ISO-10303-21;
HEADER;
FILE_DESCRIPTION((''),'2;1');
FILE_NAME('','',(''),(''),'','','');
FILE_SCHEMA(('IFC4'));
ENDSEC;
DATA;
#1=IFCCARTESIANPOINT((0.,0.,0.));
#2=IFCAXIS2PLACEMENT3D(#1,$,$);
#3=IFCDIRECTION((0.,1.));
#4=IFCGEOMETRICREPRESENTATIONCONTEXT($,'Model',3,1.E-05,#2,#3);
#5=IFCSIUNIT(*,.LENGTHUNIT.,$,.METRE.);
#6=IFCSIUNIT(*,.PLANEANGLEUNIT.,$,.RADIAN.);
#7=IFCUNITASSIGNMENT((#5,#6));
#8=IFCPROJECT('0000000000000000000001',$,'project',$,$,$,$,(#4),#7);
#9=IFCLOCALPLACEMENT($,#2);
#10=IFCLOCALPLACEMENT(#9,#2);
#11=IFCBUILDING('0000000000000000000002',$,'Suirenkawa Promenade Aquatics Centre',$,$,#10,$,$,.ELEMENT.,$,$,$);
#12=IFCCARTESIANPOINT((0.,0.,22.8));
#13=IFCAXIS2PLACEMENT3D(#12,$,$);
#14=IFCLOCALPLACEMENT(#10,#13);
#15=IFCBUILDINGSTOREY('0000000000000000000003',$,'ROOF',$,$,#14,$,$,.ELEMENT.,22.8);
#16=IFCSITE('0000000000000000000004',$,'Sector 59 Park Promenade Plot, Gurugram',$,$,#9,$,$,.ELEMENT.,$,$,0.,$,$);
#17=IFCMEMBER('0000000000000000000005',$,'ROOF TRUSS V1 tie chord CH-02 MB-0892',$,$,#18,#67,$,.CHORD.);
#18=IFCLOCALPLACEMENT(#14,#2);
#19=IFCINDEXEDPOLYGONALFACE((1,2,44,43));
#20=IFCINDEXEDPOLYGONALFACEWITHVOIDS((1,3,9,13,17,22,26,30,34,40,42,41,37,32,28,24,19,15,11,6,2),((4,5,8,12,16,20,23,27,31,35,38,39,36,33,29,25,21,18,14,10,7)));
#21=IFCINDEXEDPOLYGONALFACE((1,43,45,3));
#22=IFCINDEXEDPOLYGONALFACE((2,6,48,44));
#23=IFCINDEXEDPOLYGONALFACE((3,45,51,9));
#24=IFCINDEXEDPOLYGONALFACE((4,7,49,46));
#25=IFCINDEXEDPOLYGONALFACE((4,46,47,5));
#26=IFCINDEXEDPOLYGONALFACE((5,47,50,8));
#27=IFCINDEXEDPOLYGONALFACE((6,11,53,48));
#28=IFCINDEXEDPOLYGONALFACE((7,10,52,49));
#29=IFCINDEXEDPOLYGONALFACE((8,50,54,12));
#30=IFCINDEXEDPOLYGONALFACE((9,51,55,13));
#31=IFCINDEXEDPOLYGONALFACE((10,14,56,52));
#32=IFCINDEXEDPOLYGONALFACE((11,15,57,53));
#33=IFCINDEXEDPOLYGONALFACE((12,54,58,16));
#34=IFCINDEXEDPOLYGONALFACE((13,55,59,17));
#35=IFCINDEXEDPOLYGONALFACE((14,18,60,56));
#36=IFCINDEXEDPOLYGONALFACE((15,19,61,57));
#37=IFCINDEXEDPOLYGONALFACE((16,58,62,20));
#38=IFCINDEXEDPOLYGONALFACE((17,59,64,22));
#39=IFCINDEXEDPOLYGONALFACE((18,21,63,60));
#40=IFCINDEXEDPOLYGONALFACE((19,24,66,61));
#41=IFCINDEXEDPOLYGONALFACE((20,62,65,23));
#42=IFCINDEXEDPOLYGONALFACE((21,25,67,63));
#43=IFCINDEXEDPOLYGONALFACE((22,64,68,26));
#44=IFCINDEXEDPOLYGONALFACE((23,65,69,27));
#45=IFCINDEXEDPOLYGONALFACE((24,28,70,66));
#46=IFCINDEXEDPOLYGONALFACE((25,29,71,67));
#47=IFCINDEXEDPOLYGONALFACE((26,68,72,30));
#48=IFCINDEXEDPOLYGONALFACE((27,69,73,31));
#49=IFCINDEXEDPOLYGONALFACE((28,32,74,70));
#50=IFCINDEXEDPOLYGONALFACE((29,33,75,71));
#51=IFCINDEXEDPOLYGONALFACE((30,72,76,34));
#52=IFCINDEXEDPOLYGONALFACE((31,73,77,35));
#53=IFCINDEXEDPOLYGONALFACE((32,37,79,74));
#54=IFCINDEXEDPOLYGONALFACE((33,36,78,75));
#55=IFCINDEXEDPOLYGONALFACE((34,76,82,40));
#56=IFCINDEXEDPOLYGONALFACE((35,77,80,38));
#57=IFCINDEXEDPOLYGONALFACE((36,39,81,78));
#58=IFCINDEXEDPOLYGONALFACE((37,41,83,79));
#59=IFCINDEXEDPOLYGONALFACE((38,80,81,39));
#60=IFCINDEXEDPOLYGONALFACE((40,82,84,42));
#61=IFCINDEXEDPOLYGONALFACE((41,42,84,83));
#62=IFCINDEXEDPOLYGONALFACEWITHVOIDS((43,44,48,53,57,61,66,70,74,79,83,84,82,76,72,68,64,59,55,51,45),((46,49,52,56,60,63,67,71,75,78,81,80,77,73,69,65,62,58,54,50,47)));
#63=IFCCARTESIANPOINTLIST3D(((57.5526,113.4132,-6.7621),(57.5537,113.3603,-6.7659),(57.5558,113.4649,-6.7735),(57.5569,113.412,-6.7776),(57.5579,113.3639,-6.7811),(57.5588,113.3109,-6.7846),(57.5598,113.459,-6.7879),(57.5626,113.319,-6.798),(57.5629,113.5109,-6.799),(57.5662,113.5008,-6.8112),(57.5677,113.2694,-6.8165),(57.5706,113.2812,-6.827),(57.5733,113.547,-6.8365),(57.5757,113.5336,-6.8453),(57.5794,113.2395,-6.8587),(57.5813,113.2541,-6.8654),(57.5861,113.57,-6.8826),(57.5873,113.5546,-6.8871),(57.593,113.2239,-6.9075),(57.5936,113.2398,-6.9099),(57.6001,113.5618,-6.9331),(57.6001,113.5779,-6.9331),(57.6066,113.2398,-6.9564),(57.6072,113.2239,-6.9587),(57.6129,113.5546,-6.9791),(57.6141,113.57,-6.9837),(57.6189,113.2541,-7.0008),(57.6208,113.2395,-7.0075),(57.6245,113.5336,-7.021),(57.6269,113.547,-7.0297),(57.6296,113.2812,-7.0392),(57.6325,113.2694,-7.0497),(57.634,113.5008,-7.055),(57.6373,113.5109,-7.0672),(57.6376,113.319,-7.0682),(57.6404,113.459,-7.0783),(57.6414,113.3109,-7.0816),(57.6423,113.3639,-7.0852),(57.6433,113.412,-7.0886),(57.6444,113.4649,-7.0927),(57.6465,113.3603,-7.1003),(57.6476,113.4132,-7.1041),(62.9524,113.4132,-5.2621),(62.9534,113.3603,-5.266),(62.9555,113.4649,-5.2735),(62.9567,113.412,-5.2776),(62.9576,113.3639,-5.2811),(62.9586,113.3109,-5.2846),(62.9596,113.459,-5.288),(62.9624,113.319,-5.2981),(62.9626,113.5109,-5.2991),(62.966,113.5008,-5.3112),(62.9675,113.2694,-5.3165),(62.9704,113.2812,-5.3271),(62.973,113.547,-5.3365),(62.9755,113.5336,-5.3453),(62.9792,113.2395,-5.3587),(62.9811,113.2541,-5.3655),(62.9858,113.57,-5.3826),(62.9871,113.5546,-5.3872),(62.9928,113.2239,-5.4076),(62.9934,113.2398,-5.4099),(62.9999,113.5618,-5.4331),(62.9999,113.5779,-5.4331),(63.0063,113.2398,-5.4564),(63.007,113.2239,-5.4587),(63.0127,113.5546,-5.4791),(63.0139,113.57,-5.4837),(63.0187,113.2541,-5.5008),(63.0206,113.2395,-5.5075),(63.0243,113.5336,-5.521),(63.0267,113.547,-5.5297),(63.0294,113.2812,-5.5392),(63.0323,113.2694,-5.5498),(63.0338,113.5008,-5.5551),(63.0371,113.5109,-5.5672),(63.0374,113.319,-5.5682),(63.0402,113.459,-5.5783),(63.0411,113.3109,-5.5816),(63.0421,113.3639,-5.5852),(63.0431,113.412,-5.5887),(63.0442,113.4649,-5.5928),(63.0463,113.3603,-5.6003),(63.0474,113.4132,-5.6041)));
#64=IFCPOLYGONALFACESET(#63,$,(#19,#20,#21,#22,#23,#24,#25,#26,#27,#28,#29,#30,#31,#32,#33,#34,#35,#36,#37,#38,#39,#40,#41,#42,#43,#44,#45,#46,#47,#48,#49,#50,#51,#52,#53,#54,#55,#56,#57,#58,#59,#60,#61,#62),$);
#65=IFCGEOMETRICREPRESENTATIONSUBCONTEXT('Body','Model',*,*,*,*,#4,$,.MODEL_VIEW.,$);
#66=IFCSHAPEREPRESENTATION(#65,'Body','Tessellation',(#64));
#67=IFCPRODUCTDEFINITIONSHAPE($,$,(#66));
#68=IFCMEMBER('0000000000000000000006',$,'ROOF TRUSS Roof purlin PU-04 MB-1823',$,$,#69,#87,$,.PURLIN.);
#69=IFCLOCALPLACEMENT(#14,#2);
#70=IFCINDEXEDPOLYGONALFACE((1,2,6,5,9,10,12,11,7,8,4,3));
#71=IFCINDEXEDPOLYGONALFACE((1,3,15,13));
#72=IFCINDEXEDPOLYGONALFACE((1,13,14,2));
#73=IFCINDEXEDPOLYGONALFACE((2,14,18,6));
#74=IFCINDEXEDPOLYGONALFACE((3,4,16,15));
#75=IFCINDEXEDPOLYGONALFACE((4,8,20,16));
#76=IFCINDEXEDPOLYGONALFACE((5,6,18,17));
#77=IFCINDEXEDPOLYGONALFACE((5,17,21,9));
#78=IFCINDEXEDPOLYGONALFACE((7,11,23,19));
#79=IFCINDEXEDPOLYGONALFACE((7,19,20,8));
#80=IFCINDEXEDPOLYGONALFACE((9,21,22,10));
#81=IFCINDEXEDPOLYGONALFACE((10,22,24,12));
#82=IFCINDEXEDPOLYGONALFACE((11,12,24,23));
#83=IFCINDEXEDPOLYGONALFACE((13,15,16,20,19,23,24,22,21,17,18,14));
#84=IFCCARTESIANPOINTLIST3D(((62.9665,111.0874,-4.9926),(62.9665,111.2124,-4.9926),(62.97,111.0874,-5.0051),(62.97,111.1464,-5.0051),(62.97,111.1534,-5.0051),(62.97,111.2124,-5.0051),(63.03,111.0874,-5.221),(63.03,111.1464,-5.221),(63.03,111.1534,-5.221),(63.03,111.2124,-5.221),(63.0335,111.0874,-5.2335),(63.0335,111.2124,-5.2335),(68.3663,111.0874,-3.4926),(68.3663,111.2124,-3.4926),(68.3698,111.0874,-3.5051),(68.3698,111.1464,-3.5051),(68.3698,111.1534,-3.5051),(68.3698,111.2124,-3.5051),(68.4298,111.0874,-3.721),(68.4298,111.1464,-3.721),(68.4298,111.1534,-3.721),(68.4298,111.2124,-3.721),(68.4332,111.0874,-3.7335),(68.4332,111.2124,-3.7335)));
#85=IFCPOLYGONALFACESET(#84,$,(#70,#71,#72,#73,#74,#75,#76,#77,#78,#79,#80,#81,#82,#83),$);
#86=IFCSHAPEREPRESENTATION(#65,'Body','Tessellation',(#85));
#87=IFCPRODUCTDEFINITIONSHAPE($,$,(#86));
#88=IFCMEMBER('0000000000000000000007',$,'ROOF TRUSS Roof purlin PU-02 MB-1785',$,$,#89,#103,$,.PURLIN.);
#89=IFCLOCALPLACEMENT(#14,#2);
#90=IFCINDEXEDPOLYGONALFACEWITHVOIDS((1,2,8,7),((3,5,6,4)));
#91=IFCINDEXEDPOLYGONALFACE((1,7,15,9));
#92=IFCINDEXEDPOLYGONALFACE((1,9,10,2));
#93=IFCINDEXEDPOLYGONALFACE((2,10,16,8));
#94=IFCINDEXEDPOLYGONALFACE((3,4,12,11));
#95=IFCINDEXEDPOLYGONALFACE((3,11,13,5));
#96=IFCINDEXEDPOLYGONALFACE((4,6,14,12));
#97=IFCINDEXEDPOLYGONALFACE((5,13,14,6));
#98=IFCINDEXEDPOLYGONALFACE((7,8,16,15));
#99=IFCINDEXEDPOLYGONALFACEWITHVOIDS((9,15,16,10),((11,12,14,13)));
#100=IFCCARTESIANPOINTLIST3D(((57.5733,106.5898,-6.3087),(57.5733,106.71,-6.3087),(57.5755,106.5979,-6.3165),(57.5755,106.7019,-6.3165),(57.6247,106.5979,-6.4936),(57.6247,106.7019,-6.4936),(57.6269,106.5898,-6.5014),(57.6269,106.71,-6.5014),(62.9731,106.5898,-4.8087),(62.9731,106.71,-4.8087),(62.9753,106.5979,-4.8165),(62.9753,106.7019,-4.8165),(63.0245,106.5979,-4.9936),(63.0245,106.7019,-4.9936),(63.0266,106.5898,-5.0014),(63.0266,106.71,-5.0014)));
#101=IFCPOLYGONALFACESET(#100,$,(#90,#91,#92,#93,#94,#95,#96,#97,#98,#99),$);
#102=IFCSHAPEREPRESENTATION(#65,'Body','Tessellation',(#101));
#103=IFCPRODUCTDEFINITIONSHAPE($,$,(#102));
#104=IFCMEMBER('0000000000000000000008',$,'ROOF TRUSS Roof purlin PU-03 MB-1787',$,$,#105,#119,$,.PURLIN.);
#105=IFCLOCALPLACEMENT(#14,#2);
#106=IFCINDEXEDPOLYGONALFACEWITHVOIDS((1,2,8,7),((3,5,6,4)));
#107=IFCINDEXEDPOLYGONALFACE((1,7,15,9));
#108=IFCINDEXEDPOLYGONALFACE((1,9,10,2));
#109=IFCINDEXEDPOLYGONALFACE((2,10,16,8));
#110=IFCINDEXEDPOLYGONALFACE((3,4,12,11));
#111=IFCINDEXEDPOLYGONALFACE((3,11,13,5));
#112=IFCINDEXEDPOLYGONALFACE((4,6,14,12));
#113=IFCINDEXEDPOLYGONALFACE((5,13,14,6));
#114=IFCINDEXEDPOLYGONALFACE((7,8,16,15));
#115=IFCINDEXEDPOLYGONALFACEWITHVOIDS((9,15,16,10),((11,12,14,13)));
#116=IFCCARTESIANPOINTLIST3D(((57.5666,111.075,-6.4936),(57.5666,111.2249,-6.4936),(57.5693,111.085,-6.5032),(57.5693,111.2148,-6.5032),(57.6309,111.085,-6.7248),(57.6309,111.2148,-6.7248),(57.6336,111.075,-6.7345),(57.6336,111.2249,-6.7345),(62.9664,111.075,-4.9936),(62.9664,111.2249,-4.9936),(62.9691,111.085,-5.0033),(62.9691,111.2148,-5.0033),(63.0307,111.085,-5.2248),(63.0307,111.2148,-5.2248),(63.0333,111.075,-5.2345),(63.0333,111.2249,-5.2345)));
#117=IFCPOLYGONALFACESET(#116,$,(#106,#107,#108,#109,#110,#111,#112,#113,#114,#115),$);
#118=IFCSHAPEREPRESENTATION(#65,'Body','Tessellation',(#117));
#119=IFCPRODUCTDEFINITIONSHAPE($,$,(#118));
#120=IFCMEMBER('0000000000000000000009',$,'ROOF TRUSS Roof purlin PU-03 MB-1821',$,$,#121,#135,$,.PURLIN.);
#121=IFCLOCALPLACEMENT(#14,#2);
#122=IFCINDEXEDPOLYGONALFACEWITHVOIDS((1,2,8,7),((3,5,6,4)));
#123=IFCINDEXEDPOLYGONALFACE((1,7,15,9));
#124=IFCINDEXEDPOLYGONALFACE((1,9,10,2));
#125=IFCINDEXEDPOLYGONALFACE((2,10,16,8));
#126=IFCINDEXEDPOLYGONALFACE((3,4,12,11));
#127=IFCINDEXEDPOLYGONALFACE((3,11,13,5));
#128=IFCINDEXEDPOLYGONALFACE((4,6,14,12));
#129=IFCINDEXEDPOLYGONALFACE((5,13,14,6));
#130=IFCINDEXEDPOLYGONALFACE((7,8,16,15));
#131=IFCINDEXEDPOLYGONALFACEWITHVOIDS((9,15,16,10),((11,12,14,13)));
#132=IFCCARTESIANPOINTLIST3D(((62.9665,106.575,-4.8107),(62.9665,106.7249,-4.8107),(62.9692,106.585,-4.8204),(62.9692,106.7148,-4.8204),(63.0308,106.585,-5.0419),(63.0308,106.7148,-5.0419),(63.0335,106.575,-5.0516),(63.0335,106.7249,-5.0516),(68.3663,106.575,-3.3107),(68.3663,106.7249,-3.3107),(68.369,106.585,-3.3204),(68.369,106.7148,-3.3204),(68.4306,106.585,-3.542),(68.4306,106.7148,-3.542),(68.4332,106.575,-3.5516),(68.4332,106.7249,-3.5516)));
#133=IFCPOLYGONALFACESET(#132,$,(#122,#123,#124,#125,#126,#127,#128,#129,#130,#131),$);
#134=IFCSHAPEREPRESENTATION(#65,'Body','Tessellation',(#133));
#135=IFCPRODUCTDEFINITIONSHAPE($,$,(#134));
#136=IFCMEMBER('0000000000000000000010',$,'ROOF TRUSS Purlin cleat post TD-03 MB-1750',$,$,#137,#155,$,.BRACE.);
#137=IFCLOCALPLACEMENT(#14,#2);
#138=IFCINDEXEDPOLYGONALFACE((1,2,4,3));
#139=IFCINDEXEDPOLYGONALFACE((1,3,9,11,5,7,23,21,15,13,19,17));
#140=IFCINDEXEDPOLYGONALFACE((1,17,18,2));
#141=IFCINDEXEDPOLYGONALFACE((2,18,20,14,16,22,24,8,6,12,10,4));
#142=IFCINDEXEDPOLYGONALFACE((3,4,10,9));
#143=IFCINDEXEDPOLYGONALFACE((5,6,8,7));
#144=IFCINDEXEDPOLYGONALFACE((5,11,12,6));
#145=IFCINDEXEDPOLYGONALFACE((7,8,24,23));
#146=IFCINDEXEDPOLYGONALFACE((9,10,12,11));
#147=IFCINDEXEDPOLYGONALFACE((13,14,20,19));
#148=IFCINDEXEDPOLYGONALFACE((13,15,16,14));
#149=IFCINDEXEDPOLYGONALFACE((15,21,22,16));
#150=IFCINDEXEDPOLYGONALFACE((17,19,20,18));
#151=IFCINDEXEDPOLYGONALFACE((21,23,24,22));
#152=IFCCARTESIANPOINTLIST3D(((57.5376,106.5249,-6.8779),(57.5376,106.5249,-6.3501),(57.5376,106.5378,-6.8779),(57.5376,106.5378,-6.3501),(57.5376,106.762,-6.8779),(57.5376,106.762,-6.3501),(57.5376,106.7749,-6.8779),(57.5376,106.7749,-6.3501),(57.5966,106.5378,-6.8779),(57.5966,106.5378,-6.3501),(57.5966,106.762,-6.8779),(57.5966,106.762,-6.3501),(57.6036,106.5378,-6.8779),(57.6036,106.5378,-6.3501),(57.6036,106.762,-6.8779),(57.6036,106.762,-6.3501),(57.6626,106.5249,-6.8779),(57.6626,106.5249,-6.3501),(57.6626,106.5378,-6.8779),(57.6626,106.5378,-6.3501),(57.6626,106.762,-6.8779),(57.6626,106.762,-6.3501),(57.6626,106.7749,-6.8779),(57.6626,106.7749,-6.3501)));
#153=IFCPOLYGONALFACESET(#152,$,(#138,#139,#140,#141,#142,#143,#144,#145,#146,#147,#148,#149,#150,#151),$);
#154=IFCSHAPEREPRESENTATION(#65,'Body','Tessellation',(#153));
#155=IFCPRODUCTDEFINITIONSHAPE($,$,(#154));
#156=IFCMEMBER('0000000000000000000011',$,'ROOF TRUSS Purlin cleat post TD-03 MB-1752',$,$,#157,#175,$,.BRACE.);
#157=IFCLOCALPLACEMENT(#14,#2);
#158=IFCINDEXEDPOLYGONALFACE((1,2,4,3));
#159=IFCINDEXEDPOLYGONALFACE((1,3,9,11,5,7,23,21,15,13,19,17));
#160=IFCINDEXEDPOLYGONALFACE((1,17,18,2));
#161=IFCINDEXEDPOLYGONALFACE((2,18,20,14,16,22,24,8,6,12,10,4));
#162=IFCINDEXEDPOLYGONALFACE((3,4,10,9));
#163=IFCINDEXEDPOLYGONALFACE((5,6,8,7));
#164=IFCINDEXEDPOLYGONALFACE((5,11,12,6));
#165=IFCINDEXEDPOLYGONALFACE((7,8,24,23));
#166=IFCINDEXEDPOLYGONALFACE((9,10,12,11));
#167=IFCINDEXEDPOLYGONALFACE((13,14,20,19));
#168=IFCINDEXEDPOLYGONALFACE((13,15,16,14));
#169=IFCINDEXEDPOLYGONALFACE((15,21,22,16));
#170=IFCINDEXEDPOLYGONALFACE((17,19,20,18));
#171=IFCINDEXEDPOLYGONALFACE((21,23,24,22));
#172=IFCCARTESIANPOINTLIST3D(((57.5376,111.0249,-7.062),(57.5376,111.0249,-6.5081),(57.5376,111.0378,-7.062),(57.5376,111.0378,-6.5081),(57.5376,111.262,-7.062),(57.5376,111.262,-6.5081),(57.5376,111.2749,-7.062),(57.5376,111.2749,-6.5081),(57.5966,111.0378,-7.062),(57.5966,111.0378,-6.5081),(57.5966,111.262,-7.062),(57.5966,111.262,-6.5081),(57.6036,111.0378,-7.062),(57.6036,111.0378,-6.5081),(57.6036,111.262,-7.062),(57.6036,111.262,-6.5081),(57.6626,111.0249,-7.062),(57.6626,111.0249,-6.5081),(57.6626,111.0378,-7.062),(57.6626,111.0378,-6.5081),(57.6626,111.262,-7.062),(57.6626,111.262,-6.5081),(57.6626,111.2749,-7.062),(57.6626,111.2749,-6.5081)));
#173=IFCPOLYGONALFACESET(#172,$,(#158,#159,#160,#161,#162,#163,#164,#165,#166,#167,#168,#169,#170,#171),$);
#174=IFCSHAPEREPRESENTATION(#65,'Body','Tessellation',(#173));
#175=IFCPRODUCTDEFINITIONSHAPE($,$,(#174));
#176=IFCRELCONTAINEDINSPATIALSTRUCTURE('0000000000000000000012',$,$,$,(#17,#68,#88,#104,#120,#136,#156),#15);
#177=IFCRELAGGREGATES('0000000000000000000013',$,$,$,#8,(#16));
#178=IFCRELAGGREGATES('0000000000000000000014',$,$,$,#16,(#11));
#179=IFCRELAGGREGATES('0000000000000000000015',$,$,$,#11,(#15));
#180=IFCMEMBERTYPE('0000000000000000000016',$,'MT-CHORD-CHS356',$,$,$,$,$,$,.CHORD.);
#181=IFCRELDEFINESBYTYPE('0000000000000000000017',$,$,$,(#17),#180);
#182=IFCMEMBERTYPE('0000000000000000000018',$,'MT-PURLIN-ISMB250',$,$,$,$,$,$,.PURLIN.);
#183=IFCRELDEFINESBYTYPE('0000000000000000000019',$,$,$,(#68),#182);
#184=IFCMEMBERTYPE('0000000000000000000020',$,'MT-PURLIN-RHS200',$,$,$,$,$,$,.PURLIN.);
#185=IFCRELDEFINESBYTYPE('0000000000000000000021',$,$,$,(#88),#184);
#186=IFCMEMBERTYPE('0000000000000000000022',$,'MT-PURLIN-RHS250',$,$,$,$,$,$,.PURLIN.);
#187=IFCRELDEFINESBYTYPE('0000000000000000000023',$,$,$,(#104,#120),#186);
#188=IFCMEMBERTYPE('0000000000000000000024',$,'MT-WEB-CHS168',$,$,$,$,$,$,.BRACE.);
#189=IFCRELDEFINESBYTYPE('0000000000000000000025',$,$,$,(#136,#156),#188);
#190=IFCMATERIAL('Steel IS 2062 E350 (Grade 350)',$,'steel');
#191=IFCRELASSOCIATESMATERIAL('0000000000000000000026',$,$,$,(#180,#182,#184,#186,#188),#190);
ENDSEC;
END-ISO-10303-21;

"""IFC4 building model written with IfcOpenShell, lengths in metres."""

from ifc_helpers import new_model, si_unit, direction, frame, origin, origin_2d, place, context, subcontext, project, spatial, hollow_rectangle, hollow_circle, i_section, extrude, material, material_profile, profile_set, type_object, element, save


model = new_model("IFC4")

# Units and contexts
model_context = context("Model", 3, precision=1e-05, world=origin(), true_north=direction((0.0, 1.0)))
body_context = subcontext(model_context, "Body", "Model", "MODEL_VIEW")
ifc_project = project(units=[si_unit("LENGTHUNIT", "METRE"), si_unit("PLANEANGLEUNIT", "RADIAN")], contexts=[model_context])

# Site, building, storey
site_placement = place(None, origin())
site = spatial("IfcSite", under=ifc_project, at=site_placement, Name="Sector 59 Park Promenade Plot, Gurugram", CompositionType="ELEMENT", RefElevation=0.0)
building_placement = place(site_placement, origin())
building = spatial("IfcBuilding", under=site, at=building_placement, Name="Suirenkawa Promenade Aquatics Centre", CompositionType="ELEMENT")
storey_placement = place(building_placement, frame((0.0, 0.0, 22.8)))
storey = spatial("IfcBuildingStorey", under=building, at=storey_placement, Name="ROOF", CompositionType="ELEMENT", Elevation=22.8)

# Shared definitions
ifc_material = material(Name="Steel IS 2062 E350 (Grade 350)", Category="steel")

# Members
ifc_material_profile_1 = material_profile(ifc_material, hollow_circle(Radius=0.178, WallThickness=0.0161, at=origin_2d()), Name="CHS 356x16", Category="steel")
ifc_profile_set_1 = profile_set([ifc_material_profile_1], Name="Steel IS 2062 E350 (Grade 350)")
member_type_1 = type_object("IfcMemberType", Name="MT-CHORD-CHS356", PredefinedType="CHORD", material=ifc_profile_set_1)
member_1_placement = place(storey_placement, frame((57.6001, 113.3999, -6.9331), z_axis=(0.963517, 0.0, 0.267648), x_axis=(0.0, 1.0, 0.0)))
element("IfcMember", 1, at=member_1_placement, inside=storey, type_object=member_type_1, Name="ROOF TRUSS V1 tie chord CH-02 MB-0892", PredefinedType="CHORD", context=body_context, shape_type="SweptSolid", body=[
    extrude(hollow_circle(Radius=0.178, WallThickness=0.0161, at=origin_2d()), origin(), (0.0, 0.0, 1.0), 5.6042),
])
ifc_material_profile_2 = material_profile(ifc_material, i_section(OverallWidth=0.125, OverallDepth=0.25, WebThickness=0.0071, FlangeThickness=0.0129, at=origin_2d()), Name="ISMB 250", Category="steel")
ifc_profile_set_2 = profile_set([ifc_material_profile_2], Name="Steel IS 2062 E350 (Grade 350)")
member_type_2 = type_object("IfcMemberType", Name="MT-PURLIN-ISMB250", PredefinedType="PURLIN", material=ifc_profile_set_2)
member_2_placement = place(storey_placement, frame((63.0, 111.1499, -5.113), z_axis=(0.963517, 0.0, 0.267648), x_axis=(0.0, 1.0, 0.0)))
element("IfcMember", 2, at=member_2_placement, inside=storey, type_object=member_type_2, Name="ROOF TRUSS Roof purlin PU-04 MB-1823", PredefinedType="PURLIN", context=body_context, shape_type="SweptSolid", body=[
    extrude(i_section(OverallWidth=0.125, OverallDepth=0.25, WebThickness=0.0071, FlangeThickness=0.0129, at=origin_2d()), origin(), (0.0, 0.0, 1.0), 5.6042),
])
ifc_material_profile_3 = material_profile(ifc_material, hollow_rectangle(XDim=0.1201, YDim=0.2, WallThickness=0.0081, at=origin_2d()), Name="RHS 200x120x8", Category="steel")
ifc_profile_set_3 = profile_set([ifc_material_profile_3], Name="Steel IS 2062 E350 (Grade 350)")
member_type_3 = type_object("IfcMemberType", Name="MT-PURLIN-RHS200", PredefinedType="PURLIN", material=ifc_profile_set_3)
member_3_placement = place(storey_placement, frame((57.6001, 106.6499, -6.405), z_axis=(0.963517, 0.0, 0.267648), x_axis=(0.0, 1.0, 0.0)))
element("IfcMember", 3, at=member_3_placement, inside=storey, type_object=member_type_3, Name="ROOF TRUSS Roof purlin PU-02 MB-1785", PredefinedType="PURLIN", context=body_context, shape_type="SweptSolid", body=[
    extrude(hollow_rectangle(XDim=0.1201, YDim=0.2, WallThickness=0.0081, at=origin_2d()), origin(), (0.0, 0.0, 1.0), 5.6042),
])
ifc_material_profile_4 = material_profile(ifc_material, hollow_rectangle(XDim=0.1499, YDim=0.25, WallThickness=0.01, at=origin_2d()), Name="RHS 250x150x10", Category="steel")
ifc_profile_set_4 = profile_set([ifc_material_profile_4], Name="Steel IS 2062 E350 (Grade 350)")
member_type_4 = type_object("IfcMemberType", Name="MT-PURLIN-RHS250", PredefinedType="PURLIN", material=ifc_profile_set_4)
for number, where, z_axis, x_axis, name in (
    (4, (57.6001, 111.1499, -6.614), (0.963517, 0.0, 0.267648), (0.0, 1.0, 0.0), "ROOF TRUSS Roof purlin PU-03 MB-1787"),
    (5, (63.0, 106.6499, -4.9312), (0.963517, 0.0, 0.267648), (0.0, 1.0, 0.0), "ROOF TRUSS Roof purlin PU-03 MB-1821"),
):
    element("IfcMember", number, at=place(storey_placement, frame(where, z_axis=z_axis, x_axis=x_axis)), inside=storey, type_object=member_type_4, Name=name, PredefinedType="PURLIN", context=body_context, shape_type="SweptSolid", body=[
        extrude(hollow_rectangle(XDim=0.1499, YDim=0.25, WallThickness=0.01, at=origin_2d()), origin(), (0.0, 0.0, 1.0), 5.6042),
    ])
ifc_material_profile_5 = material_profile(ifc_material, i_section(OverallWidth=0.125, OverallDepth=0.25, WebThickness=0.0071, FlangeThickness=0.0129, at=origin_2d()), Name="ISMB 250", Category="steel")
ifc_profile_set_5 = profile_set([ifc_material_profile_5], Name="Steel IS 2062 E350 (Grade 350)")
member_type_5 = type_object("IfcMemberType", Name="MT-WEB-CHS168", PredefinedType="BRACE", material=ifc_profile_set_5)
member_4_placement = place(storey_placement, frame((57.6001, 106.6499, -6.8779), z_axis=(0.0, 0.0, 1.0), x_axis=(1.0, 0.0, 0.0)))
element("IfcMember", 6, at=member_4_placement, inside=storey, type_object=member_type_5, Name="ROOF TRUSS Purlin cleat post TD-03 MB-1750", PredefinedType="BRACE", context=body_context, shape_type="SweptSolid", body=[
    extrude(i_section(OverallWidth=0.125, OverallDepth=0.25, WebThickness=0.0071, FlangeThickness=0.0129, at=origin_2d()), origin(), (0.0, 0.0, 1.0), 0.5278),
])
member_5_placement = place(storey_placement, frame((57.6001, 111.1499, -7.062), z_axis=(0.0, 0.0, 1.0), x_axis=(1.0, 0.0, 0.0)))
element("IfcMember", 7, at=member_5_placement, inside=storey, type_object=member_type_5, Name="ROOF TRUSS Purlin cleat post TD-03 MB-1752", PredefinedType="BRACE", context=body_context, shape_type="SweptSolid", body=[
    extrude(i_section(OverallWidth=0.125, OverallDepth=0.25, WebThickness=0.0071, FlangeThickness=0.0129, at=origin_2d()), origin(), (0.0, 0.0, 1.0), 0.554),
])

save(model, "model.ifc")
